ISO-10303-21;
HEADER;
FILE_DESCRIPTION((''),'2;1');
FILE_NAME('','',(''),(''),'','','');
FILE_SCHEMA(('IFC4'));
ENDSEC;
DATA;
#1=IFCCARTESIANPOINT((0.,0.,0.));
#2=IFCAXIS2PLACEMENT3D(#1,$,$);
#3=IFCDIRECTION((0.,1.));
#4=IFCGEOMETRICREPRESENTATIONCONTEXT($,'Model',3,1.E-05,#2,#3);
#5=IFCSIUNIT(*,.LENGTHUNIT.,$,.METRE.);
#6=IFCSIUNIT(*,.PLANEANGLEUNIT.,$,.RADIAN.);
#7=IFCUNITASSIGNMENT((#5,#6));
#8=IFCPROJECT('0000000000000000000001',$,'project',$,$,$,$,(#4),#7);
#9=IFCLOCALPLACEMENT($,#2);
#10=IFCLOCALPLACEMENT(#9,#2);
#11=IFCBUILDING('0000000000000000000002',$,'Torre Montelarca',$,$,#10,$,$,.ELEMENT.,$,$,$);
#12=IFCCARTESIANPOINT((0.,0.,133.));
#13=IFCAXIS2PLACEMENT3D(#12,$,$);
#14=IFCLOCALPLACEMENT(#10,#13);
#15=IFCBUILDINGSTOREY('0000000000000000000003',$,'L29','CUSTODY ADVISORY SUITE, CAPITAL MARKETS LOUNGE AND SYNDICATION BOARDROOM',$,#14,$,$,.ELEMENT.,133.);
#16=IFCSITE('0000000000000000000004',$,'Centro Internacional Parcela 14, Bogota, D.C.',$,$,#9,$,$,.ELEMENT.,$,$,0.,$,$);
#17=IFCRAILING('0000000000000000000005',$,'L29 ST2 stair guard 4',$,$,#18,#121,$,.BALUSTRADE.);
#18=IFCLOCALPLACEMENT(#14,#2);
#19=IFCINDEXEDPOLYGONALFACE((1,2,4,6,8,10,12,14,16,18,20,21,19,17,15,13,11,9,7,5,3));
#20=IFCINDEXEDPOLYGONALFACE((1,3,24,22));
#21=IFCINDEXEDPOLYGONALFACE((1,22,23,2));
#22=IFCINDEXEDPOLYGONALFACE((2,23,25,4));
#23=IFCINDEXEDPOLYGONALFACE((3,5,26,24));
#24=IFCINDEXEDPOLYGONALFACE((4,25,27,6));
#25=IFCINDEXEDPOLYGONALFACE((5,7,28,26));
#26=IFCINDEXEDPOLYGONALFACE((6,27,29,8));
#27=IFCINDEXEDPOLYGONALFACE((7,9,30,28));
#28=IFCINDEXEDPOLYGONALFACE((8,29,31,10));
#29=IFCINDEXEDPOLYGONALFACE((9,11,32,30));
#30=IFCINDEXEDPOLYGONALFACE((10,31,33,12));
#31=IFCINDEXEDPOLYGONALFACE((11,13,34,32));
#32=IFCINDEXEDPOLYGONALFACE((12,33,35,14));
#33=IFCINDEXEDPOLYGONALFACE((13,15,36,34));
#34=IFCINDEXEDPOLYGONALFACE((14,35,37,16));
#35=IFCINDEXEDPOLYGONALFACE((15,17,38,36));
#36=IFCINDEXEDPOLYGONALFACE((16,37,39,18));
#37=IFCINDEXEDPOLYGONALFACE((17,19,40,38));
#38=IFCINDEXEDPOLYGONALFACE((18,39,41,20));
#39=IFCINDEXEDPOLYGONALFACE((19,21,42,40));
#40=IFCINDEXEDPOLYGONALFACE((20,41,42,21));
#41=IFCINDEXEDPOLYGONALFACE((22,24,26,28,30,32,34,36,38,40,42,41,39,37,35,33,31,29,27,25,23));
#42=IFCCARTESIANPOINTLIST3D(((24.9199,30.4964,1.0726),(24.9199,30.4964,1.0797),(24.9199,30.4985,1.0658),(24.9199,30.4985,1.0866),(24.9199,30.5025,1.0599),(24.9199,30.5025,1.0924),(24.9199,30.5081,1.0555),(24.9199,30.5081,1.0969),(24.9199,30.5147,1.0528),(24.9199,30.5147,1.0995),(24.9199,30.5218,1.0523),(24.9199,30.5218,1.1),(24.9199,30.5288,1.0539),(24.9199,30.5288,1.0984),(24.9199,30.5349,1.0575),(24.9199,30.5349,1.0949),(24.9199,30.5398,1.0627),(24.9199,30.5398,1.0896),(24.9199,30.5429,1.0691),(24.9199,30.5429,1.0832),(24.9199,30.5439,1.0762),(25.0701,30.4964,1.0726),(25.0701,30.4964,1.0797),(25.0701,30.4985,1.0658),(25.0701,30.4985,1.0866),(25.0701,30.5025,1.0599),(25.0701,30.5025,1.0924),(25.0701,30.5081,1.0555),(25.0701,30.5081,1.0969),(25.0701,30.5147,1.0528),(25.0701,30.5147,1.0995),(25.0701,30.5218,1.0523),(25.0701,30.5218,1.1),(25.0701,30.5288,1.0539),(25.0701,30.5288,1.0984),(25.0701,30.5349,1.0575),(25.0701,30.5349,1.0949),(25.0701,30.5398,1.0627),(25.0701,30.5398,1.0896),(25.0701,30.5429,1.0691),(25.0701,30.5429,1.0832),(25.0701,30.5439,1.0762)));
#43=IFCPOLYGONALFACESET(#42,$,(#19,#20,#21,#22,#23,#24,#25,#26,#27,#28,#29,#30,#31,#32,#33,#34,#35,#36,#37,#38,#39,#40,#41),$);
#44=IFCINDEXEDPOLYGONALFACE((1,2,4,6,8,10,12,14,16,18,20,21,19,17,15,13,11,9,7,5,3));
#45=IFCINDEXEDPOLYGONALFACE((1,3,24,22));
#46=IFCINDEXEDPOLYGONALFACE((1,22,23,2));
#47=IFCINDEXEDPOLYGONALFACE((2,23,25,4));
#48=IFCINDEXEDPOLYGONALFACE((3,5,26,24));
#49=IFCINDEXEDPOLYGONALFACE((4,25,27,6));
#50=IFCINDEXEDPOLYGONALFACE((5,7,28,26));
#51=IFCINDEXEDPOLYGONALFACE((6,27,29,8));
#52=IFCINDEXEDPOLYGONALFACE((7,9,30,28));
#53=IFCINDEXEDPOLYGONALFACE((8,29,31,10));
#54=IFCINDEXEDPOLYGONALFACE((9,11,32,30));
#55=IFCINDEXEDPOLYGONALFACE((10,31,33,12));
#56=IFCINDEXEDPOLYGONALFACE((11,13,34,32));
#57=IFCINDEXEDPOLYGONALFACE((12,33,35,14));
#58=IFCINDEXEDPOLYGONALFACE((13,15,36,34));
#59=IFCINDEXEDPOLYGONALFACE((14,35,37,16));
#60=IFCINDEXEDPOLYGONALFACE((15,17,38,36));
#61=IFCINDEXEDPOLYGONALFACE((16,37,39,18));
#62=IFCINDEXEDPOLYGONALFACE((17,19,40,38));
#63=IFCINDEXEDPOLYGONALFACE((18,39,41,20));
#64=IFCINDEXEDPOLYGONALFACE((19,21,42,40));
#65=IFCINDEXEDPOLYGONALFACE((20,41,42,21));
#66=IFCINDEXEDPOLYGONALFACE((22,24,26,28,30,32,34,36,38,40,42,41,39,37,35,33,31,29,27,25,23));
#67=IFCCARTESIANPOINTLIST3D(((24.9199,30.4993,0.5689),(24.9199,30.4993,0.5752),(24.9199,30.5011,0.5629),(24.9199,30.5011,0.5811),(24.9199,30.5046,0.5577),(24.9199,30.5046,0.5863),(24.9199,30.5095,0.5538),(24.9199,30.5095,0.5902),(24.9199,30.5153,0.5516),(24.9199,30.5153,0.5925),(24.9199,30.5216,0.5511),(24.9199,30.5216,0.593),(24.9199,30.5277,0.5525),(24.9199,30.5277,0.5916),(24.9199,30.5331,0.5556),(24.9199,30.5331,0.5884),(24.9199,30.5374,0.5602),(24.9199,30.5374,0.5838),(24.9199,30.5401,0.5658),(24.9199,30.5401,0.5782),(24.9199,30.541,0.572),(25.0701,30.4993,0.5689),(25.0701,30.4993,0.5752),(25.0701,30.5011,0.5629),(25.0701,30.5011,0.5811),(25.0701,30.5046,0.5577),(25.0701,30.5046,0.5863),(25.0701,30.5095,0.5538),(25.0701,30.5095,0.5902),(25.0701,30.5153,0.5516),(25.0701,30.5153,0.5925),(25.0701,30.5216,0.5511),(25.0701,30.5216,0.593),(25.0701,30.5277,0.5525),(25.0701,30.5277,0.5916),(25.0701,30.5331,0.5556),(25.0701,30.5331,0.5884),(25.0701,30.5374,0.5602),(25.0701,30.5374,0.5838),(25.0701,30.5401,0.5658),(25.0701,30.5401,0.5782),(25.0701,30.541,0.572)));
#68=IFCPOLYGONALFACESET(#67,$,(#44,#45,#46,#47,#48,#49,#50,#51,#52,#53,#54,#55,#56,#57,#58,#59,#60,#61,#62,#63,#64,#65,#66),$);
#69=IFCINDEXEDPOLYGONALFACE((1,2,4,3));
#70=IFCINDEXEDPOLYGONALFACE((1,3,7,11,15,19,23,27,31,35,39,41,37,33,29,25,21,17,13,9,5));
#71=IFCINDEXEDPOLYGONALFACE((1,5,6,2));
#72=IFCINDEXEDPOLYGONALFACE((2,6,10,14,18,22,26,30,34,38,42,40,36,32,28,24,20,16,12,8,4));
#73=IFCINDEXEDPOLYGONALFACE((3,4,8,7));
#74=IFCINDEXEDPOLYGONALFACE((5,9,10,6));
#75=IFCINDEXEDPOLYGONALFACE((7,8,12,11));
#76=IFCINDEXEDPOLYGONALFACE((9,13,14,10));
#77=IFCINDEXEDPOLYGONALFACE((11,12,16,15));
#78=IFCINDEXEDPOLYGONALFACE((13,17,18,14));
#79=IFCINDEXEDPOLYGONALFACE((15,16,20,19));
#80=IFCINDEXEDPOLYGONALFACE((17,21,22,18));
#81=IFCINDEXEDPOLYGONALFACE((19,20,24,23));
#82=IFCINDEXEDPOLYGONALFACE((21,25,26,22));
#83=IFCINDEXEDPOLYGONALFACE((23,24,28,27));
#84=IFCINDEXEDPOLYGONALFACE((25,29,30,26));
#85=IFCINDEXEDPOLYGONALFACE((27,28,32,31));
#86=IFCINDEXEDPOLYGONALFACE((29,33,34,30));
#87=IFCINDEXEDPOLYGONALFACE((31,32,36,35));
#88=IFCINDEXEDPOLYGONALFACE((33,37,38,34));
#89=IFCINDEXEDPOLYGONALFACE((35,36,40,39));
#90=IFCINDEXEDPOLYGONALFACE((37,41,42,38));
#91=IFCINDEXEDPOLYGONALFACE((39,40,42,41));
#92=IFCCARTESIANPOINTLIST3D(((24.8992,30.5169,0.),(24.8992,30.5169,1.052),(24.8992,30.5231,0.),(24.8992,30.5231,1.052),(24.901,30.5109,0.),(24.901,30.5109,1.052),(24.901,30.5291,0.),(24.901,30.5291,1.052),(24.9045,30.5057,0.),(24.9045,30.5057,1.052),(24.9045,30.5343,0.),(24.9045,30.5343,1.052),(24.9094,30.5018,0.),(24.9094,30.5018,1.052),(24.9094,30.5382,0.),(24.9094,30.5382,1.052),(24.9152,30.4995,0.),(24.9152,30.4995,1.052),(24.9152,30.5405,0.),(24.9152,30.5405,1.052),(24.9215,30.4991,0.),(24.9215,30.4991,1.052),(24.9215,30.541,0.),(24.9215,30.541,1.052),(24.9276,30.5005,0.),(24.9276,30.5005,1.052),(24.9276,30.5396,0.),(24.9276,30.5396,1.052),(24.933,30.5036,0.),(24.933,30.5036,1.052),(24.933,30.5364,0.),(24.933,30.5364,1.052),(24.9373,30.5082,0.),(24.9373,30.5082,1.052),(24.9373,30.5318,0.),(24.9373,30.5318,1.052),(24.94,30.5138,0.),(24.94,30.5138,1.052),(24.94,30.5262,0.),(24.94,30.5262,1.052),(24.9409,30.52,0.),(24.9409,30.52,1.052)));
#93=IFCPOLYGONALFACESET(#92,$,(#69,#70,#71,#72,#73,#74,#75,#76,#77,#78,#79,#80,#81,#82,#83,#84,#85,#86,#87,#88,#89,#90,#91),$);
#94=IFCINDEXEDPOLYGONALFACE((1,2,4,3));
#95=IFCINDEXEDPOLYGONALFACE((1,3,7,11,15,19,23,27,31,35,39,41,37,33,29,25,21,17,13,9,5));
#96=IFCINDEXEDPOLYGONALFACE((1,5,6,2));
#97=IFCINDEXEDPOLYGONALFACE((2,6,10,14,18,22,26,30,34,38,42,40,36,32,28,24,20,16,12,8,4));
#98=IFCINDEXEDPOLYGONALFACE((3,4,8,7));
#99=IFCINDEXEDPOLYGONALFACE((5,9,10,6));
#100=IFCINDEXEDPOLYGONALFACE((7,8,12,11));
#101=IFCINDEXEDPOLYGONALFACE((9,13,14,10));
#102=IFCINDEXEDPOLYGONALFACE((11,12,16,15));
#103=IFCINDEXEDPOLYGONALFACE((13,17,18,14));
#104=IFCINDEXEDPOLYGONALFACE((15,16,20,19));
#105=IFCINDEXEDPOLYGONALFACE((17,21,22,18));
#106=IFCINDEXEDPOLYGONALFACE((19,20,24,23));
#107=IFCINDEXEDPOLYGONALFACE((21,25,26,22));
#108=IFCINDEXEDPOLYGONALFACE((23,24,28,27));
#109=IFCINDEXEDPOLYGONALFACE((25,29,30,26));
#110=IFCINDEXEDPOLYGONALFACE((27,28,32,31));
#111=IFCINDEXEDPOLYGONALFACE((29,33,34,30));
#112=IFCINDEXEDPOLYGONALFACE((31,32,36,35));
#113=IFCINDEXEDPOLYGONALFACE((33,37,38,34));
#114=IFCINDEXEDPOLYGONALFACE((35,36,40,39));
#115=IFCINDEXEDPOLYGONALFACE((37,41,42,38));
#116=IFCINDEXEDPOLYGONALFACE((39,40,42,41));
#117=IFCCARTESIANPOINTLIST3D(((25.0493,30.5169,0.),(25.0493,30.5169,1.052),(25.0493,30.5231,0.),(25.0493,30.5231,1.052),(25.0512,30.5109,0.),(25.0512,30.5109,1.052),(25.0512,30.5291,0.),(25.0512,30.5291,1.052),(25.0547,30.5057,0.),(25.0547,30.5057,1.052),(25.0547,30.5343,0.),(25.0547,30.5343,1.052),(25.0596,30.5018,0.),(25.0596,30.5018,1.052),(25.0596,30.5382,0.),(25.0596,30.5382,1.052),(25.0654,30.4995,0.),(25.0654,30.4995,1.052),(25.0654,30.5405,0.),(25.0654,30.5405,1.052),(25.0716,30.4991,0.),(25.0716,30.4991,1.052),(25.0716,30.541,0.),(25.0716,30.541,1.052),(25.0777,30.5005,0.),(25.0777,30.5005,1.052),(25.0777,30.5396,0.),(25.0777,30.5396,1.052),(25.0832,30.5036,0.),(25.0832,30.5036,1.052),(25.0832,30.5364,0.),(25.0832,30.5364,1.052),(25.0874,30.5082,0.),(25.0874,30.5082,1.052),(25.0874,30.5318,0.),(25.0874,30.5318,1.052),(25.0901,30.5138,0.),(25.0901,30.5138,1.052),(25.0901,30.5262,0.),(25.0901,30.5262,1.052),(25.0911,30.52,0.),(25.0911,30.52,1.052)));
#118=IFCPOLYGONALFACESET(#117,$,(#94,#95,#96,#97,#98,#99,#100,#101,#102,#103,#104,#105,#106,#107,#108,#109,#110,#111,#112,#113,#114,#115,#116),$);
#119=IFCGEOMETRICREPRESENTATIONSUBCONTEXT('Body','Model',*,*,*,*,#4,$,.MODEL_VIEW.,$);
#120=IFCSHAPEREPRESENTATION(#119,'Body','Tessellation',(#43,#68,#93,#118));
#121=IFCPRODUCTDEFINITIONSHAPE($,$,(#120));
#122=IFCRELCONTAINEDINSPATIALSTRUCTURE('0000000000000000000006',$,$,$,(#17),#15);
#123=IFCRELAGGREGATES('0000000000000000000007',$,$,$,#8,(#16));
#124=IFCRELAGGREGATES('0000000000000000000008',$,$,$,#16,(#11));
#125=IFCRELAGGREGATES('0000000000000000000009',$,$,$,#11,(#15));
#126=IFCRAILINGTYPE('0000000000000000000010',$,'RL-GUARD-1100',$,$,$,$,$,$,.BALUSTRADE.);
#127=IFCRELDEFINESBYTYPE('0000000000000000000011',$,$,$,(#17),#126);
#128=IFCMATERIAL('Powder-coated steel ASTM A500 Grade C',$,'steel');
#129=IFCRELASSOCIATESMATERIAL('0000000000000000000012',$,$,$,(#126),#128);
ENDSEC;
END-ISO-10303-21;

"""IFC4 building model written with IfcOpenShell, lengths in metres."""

from ifc_helpers import new_model, si_unit, direction, frame, origin, origin_2d, place, context, subcontext, project, spatial, circle, extrude, material, type_object, element, save


model = new_model("IFC4")

# Units and contexts
model_context = context("Model", 3, precision=1e-05, world=origin(), true_north=direction((0.0, 1.0)))
body_context = subcontext(model_context, "Body", "Model", "MODEL_VIEW")
ifc_project = project(units=[si_unit("LENGTHUNIT", "METRE"), si_unit("PLANEANGLEUNIT", "RADIAN")], contexts=[model_context])

# Site, building, storey
site_placement = place(None, origin())
site = spatial("IfcSite", under=ifc_project, at=site_placement, Name="Centro Internacional Parcela 14, Bogota, D.C.", CompositionType="ELEMENT", RefElevation=0.0)
building_placement = place(site_placement, origin())
building = spatial("IfcBuilding", under=site, at=building_placement, Name="Torre Montelarca", CompositionType="ELEMENT")
storey_placement = place(building_placement, frame((0.0, 0.0, 133.0)))
storey = spatial("IfcBuildingStorey", under=building, at=storey_placement, Name="L29", Description="CUSTODY ADVISORY SUITE, CAPITAL MARKETS LOUNGE AND SYNDICATION BOARDROOM", CompositionType="ELEMENT", Elevation=133.0)

# Railing
ifc_material_1 = material(Name="Powder-coated steel ASTM A500 Grade C", Category="steel")
railing_type_1 = type_object("IfcRailingType", Name="RL-GUARD-1100", PredefinedType="BALUSTRADE", material=ifc_material_1)
railing_1_placement = place(storey_placement, frame((24.9199, 30.52, 0.0)))
element("IfcRailing", 1, at=railing_1_placement, inside=storey, type_object=railing_type_1, Name="L29 ST2 stair guard 4", PredefinedType="BALUSTRADE", context=body_context, shape_type="SweptSolid", body=[
    extrude(circle(Radius=0.0239, at=origin_2d()), frame((0.0, 0.0, 1.0762), z_axis=(1.0, 0.0, 0.0), x_axis=(0.0, 1.0, 0.0)), (0.0, 0.0, 1.0), 0.1501),
    extrude(circle(Radius=0.021, at=origin_2d()), frame((0.0, 0.0, 0.572), z_axis=(1.0, 0.0, 0.0), x_axis=(0.0, 1.0, 0.0)), (0.0, 0.0, 1.0), 0.1501),
    extrude(circle(Radius=0.021, at=origin_2d()), origin(), (0.0, 0.0, 1.0), 1.052),
    extrude(circle(Radius=0.021, at=origin_2d()), frame((0.1501, 0.0, 0.0)), (0.0, 0.0, 1.0), 1.052),
])

save(model, "model.ifc")
